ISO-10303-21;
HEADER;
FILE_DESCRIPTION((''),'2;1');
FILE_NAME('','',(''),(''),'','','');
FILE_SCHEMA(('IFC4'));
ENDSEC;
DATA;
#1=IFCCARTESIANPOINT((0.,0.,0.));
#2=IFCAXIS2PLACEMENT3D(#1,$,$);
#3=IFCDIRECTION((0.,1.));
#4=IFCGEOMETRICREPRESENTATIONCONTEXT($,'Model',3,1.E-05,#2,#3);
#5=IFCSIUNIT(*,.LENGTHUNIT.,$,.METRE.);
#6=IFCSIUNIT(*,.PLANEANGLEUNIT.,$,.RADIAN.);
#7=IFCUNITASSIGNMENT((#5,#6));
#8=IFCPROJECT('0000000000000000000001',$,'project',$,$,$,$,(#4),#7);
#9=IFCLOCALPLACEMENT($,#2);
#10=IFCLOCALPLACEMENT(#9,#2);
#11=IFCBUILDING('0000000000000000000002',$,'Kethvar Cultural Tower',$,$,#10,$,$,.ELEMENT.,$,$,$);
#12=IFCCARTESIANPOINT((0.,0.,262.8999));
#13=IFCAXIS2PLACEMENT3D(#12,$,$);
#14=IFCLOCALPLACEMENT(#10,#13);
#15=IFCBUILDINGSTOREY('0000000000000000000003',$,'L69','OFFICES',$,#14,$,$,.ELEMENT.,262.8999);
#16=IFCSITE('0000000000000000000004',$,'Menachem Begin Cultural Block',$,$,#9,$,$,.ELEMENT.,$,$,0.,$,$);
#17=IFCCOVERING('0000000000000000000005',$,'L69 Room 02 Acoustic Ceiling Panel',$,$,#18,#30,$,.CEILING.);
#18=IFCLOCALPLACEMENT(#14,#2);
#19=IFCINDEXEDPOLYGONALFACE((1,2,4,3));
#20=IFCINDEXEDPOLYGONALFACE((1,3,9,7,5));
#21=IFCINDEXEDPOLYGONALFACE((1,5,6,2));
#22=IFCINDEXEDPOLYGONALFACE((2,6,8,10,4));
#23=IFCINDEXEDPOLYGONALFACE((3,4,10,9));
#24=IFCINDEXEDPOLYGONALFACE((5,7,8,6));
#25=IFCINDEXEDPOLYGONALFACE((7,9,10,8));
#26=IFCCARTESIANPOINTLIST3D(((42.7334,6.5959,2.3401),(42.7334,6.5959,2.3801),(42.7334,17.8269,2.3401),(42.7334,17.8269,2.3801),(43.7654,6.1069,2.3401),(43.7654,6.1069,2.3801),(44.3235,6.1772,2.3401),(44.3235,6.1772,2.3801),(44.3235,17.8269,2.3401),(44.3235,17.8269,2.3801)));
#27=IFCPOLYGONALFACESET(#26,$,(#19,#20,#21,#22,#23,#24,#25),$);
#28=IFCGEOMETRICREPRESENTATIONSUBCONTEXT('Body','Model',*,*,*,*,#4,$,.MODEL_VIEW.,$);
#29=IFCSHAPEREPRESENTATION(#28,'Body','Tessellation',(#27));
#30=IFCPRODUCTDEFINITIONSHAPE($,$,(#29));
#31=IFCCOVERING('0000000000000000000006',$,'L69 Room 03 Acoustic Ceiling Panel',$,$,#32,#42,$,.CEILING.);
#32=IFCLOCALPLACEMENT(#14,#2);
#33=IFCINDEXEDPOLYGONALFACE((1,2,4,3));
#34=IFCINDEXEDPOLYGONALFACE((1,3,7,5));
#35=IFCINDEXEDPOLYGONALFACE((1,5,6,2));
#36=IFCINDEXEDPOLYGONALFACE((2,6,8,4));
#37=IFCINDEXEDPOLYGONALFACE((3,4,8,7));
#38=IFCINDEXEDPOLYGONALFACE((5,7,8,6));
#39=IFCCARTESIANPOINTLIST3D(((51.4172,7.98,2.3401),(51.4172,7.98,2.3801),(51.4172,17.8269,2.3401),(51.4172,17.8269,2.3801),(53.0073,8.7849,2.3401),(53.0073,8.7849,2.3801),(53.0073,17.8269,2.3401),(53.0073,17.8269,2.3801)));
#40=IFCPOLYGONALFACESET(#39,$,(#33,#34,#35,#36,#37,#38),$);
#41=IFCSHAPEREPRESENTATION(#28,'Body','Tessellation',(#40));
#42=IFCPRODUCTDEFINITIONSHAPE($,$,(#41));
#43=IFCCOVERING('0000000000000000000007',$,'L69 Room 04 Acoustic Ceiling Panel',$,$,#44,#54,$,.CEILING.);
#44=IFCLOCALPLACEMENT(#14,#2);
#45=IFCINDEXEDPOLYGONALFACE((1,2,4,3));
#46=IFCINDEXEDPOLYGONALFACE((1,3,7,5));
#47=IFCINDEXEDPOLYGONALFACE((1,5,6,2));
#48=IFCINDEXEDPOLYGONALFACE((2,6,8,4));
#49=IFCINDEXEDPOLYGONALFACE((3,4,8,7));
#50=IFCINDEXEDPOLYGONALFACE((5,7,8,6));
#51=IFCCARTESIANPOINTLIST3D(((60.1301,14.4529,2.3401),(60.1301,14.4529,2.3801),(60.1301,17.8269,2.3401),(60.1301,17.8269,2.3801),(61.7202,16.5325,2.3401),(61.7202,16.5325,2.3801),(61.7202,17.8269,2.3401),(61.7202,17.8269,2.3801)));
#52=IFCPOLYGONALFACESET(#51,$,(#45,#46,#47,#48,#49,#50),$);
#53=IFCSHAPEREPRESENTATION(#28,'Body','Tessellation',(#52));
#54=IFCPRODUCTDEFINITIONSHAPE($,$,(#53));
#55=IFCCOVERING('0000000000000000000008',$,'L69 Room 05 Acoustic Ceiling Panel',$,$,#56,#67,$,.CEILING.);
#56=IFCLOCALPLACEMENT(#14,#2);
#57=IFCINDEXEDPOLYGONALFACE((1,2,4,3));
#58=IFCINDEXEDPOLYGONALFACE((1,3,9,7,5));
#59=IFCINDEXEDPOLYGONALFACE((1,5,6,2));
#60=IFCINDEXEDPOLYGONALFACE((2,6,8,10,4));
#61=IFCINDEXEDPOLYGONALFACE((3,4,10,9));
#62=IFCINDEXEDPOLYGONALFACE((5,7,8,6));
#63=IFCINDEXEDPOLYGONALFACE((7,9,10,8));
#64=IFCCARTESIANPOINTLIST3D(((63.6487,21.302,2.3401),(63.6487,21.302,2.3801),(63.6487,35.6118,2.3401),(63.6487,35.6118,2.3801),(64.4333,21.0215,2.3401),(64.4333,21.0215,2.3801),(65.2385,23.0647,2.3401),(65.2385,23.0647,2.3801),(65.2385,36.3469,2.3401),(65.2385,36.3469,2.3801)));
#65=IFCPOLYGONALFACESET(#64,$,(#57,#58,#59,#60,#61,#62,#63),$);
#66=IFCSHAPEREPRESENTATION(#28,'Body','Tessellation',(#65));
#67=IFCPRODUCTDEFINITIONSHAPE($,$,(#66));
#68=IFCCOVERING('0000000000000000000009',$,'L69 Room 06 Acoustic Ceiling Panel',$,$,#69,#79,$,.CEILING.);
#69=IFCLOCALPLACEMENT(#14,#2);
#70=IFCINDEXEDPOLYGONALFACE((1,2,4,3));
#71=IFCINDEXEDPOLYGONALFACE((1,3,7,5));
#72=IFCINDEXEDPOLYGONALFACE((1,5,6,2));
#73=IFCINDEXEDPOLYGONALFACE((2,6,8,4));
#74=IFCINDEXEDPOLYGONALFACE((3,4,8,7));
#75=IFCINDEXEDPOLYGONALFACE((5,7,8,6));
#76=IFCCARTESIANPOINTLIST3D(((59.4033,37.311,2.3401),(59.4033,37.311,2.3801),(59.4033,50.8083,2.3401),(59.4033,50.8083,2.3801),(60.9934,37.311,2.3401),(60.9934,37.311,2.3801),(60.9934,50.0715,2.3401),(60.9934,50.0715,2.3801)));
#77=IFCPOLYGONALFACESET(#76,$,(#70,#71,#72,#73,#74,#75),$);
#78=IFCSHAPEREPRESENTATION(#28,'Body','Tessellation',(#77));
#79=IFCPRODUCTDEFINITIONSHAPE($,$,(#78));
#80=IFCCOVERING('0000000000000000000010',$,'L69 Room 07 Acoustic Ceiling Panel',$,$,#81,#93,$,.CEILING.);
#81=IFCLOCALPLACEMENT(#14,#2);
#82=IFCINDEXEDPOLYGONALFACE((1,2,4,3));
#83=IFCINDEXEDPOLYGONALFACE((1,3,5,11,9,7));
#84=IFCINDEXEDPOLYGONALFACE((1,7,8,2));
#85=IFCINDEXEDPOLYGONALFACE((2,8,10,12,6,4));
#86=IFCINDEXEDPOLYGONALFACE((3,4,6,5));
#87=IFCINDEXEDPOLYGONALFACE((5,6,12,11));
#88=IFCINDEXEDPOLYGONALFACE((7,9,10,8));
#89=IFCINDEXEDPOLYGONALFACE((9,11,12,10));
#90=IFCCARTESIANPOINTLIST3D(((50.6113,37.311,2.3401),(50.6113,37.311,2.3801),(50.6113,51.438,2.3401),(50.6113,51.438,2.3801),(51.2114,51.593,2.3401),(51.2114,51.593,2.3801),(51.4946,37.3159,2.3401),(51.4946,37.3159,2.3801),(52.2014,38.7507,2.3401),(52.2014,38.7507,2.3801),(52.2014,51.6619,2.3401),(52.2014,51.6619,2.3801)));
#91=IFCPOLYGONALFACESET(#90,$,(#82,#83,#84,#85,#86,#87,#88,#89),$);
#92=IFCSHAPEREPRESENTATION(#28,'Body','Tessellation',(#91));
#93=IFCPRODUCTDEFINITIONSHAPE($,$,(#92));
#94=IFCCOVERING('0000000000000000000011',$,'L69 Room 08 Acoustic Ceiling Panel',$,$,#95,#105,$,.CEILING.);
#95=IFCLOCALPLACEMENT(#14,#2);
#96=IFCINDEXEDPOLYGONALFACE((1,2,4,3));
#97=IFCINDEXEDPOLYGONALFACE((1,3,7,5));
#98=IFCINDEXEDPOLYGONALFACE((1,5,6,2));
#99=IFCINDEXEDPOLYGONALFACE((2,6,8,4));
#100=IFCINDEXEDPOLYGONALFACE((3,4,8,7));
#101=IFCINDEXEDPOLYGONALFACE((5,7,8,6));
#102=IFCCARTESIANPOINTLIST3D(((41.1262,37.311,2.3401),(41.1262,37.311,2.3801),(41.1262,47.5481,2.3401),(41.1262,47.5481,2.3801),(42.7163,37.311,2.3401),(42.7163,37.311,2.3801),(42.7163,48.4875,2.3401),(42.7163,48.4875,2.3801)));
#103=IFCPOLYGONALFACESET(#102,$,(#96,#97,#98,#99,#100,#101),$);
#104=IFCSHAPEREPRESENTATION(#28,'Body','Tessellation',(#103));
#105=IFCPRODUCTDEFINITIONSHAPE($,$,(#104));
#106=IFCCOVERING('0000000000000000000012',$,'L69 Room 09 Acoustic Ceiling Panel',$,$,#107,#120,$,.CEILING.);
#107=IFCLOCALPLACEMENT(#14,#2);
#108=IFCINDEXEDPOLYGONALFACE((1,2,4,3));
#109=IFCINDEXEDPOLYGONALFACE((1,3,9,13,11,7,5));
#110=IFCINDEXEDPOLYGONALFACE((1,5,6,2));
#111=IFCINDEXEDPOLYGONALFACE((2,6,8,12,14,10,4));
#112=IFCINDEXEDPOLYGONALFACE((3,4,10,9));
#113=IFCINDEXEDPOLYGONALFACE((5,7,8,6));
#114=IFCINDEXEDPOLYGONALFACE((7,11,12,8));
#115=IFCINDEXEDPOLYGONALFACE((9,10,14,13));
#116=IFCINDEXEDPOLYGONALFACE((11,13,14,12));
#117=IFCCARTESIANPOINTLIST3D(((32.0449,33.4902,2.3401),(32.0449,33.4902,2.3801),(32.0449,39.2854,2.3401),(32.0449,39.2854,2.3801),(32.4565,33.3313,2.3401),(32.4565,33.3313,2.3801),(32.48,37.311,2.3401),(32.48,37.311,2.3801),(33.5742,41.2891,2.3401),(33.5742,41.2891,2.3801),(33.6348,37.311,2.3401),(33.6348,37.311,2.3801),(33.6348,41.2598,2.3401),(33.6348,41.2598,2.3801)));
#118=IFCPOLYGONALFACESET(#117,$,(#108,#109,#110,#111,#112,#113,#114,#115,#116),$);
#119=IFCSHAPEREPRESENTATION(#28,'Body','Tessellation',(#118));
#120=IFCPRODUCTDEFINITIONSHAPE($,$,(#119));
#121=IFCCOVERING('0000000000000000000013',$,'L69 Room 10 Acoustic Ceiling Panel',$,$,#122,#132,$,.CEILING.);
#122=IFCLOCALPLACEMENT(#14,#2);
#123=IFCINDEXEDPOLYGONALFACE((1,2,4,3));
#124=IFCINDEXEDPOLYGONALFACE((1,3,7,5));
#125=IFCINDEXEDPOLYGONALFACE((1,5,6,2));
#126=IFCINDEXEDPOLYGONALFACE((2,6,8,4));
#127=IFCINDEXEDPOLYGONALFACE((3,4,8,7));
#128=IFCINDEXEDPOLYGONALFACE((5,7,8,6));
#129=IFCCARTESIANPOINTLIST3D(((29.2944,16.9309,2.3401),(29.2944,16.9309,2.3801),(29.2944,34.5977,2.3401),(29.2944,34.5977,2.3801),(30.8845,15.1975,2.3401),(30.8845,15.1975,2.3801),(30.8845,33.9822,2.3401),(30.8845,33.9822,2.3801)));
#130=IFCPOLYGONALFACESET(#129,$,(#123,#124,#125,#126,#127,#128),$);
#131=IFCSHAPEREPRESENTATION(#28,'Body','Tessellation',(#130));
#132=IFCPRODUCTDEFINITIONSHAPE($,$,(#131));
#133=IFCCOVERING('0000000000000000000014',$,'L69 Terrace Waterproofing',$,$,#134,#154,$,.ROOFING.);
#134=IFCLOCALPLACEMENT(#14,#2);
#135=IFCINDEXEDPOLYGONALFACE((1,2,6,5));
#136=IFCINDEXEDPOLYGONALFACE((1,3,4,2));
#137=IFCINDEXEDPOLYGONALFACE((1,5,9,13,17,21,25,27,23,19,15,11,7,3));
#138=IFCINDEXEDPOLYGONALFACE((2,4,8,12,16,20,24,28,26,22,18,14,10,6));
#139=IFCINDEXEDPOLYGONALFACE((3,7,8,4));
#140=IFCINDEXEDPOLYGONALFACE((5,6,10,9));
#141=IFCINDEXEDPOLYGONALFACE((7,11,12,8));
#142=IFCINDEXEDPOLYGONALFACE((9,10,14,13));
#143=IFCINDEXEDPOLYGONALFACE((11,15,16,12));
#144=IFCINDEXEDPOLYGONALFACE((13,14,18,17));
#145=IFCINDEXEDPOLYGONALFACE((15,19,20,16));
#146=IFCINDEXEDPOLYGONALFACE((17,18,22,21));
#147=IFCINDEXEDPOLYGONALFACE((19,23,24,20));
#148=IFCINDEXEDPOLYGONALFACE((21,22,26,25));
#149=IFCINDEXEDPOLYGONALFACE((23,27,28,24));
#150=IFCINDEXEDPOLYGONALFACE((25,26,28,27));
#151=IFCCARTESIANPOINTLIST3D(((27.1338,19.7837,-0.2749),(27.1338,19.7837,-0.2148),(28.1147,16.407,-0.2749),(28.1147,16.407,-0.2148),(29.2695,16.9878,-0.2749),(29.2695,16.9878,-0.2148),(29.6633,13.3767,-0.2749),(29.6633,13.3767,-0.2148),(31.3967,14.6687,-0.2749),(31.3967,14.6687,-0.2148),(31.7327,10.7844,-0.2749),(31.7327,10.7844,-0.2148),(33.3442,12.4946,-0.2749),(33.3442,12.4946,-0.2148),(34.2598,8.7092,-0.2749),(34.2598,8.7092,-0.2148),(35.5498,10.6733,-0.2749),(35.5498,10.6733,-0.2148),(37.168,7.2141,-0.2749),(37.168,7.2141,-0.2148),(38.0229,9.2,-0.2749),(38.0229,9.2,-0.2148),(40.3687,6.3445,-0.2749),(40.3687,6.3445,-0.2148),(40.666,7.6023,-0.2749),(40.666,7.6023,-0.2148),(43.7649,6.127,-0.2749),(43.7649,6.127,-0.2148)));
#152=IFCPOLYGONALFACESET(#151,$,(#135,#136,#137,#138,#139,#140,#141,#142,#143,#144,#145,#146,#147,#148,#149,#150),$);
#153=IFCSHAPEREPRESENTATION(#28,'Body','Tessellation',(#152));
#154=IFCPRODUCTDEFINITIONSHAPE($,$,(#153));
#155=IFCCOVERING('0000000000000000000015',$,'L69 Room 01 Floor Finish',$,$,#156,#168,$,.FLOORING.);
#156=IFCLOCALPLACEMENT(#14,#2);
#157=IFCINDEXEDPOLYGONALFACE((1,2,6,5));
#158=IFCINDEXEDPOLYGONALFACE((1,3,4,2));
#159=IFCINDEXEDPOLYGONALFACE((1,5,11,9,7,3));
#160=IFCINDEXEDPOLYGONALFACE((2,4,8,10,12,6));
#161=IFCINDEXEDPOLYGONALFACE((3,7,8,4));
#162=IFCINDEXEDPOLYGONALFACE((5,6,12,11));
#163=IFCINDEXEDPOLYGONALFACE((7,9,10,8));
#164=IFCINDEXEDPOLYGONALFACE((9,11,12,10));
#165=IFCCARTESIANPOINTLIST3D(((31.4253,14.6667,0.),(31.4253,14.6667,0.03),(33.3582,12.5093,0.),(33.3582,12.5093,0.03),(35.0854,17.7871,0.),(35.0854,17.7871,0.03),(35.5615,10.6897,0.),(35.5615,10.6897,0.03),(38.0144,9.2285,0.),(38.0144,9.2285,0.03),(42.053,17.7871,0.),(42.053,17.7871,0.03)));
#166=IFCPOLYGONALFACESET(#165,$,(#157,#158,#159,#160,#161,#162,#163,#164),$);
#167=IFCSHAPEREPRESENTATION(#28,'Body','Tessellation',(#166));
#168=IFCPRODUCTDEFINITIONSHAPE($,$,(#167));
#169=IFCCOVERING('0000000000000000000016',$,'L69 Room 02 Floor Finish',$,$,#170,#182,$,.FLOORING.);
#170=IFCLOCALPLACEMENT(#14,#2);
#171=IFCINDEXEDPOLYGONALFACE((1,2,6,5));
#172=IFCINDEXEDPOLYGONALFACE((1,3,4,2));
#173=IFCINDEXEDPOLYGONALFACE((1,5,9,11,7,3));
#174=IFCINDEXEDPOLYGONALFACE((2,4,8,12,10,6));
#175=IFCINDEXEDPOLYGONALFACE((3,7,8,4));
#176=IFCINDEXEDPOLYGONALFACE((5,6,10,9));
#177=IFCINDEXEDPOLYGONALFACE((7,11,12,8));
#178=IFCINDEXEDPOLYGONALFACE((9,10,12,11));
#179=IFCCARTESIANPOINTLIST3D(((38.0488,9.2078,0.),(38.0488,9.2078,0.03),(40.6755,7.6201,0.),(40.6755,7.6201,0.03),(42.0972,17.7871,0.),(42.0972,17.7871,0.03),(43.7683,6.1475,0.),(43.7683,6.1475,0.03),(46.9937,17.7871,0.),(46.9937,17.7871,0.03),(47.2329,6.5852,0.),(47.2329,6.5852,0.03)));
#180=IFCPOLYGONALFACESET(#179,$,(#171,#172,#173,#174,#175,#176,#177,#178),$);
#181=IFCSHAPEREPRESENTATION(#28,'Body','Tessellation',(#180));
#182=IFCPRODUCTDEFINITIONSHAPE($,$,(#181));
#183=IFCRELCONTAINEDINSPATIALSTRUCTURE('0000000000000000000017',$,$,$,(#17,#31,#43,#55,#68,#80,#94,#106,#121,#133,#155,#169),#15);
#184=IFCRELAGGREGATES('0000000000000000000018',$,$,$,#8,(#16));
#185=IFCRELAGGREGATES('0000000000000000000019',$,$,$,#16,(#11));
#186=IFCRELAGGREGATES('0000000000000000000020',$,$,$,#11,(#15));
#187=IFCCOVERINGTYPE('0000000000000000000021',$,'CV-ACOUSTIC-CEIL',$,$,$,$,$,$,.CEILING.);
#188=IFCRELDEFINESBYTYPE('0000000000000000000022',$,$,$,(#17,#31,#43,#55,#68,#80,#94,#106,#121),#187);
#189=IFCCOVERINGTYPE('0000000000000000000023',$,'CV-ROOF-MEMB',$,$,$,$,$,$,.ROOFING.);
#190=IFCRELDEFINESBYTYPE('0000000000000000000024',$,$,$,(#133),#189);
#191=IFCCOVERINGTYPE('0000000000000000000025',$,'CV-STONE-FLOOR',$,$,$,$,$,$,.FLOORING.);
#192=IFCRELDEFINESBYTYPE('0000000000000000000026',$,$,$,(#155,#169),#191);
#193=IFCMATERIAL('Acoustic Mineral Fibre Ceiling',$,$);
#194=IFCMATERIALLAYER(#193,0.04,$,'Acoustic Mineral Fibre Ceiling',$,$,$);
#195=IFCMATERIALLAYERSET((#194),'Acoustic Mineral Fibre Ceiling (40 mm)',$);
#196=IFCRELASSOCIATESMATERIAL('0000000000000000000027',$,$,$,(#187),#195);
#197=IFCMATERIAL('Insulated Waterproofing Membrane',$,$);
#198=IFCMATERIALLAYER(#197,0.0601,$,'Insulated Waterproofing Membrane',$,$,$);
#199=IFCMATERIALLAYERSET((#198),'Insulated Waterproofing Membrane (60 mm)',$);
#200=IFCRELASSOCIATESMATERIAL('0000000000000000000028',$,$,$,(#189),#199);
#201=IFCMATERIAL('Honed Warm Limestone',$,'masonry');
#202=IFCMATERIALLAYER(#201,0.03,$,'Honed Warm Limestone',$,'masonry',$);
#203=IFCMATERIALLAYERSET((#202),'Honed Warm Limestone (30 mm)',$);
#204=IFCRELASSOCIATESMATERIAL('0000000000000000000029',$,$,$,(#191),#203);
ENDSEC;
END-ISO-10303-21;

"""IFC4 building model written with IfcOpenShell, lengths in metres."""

from ifc_helpers import new_model, si_unit, direction, frame, origin, place, context, subcontext, project, spatial, polyline, outline, extrude, material, layer, layer_set, type_object, element, save


model = new_model("IFC4")

# Units and contexts
model_context = context("Model", 3, precision=1e-05, world=origin(), true_north=direction((0.0, 1.0)))
body_context = subcontext(model_context, "Body", "Model", "MODEL_VIEW")
ifc_project = project(units=[si_unit("LENGTHUNIT", "METRE"), si_unit("PLANEANGLEUNIT", "RADIAN")], contexts=[model_context])

# Site, building, storey
site_placement = place(None, origin())
site = spatial("IfcSite", under=ifc_project, at=site_placement, Name="Menachem Begin Cultural Block", CompositionType="ELEMENT", RefElevation=0.0)
building_placement = place(site_placement, origin())
building = spatial("IfcBuilding", under=site, at=building_placement, Name="Kethvar Cultural Tower", CompositionType="ELEMENT")
storey_placement = place(building_placement, frame((0.0, 0.0, 262.8999)))
storey = spatial("IfcBuildingStorey", under=building, at=storey_placement, Name="L69", Description="OFFICES", CompositionType="ELEMENT", Elevation=262.8999)

# Coverings
ifc_material_1 = material(Name="Acoustic Mineral Fibre Ceiling")
ifc_layer_1 = layer(ifc_material_1, 0.04, Name="Acoustic Mineral Fibre Ceiling")
ifc_layer_set_1 = layer_set([ifc_layer_1], Name="Acoustic Mineral Fibre Ceiling (40 mm)")
covering_type_1 = type_object("IfcCoveringType", Name="CV-ACOUSTIC-CEIL", PredefinedType="CEILING", material=ifc_layer_set_1)
covering_1_placement = place(storey_placement, frame((0.0, 0.0, 2.3401)))
element("IfcCovering", 1, at=covering_1_placement, inside=storey, type_object=covering_type_1, Name="L69 Room 02 Acoustic Ceiling Panel", PredefinedType="CEILING", context=body_context, shape_type="SweptSolid", body=[
    extrude(outline(polyline([(43.7654, 6.1069), (42.7334, 6.5959), (42.7334, 17.8269), (44.3235, 17.8269), (44.3235, 6.1772), (43.7654, 6.1069)])), origin(), (0.0, 0.0, 1.0), 0.04),
])
covering_2_placement = place(storey_placement, frame((0.0, 0.0, 2.3401)))
element("IfcCovering", 2, at=covering_2_placement, inside=storey, type_object=covering_type_1, Name="L69 Room 03 Acoustic Ceiling Panel", PredefinedType="CEILING", context=body_context, shape_type="SweptSolid", body=[
    extrude(outline(polyline([(51.4172, 7.98), (51.4172, 17.8269), (53.0073, 17.8269), (53.0073, 8.7849), (51.4172, 7.98)])), origin(), (0.0, 0.0, 1.0), 0.04),
])
covering_3_placement = place(storey_placement, frame((0.0, 0.0, 2.3401)))
element("IfcCovering", 3, at=covering_3_placement, inside=storey, type_object=covering_type_1, Name="L69 Room 04 Acoustic Ceiling Panel", PredefinedType="CEILING", context=body_context, shape_type="SweptSolid", body=[
    extrude(outline(polyline([(60.1301, 14.4529), (60.1301, 17.8269), (61.7202, 17.8269), (61.7202, 16.5325), (60.1301, 14.4529)])), origin(), (0.0, 0.0, 1.0), 0.04),
])
covering_4_placement = place(storey_placement, frame((0.0, 0.0, 2.3401)))
element("IfcCovering", 4, at=covering_4_placement, inside=storey, type_object=covering_type_1, Name="L69 Room 05 Acoustic Ceiling Panel", PredefinedType="CEILING", context=body_context, shape_type="SweptSolid", body=[
    extrude(outline(polyline([(64.4333, 21.0215), (63.6487, 21.302), (63.6487, 35.6118), (65.2385, 36.3469), (65.2385, 23.0647), (64.4333, 21.0215)])), origin(), (0.0, 0.0, 1.0), 0.04),
])
covering_5_placement = place(storey_placement, frame((0.0, 0.0, 2.3401)))
element("IfcCovering", 5, at=covering_5_placement, inside=storey, type_object=covering_type_1, Name="L69 Room 06 Acoustic Ceiling Panel", PredefinedType="CEILING", context=body_context, shape_type="SweptSolid", body=[
    extrude(outline(polyline([(59.4033, 37.311), (59.4033, 50.8083), (60.9934, 50.0715), (60.9934, 37.311), (59.4033, 37.311)])), origin(), (0.0, 0.0, 1.0), 0.04),
])
covering_6_placement = place(storey_placement, frame((0.0, 0.0, 2.3401)))
element("IfcCovering", 6, at=covering_6_placement, inside=storey, type_object=covering_type_1, Name="L69 Room 07 Acoustic Ceiling Panel", PredefinedType="CEILING", context=body_context, shape_type="SweptSolid", body=[
    extrude(outline(polyline([(51.2114, 51.593), (52.2014, 51.6619), (52.2014, 38.7507), (51.4946, 37.3159), (50.6113, 37.311), (50.6113, 51.438), (51.2114, 51.593)])), origin(), (0.0, 0.0, 1.0), 0.04),
])
covering_7_placement = place(storey_placement, frame((0.0, 0.0, 2.3401)))
element("IfcCovering", 7, at=covering_7_placement, inside=storey, type_object=covering_type_1, Name="L69 Room 08 Acoustic Ceiling Panel", PredefinedType="CEILING", context=body_context, shape_type="SweptSolid", body=[
    extrude(outline(polyline([(42.7163, 48.4875), (42.7163, 37.311), (41.1262, 37.311), (41.1262, 47.5481), (42.7163, 48.4875)])), origin(), (0.0, 0.0, 1.0), 0.04),
])
covering_8_placement = place(storey_placement, frame((0.0, 0.0, 2.3401)))
element("IfcCovering", 8, at=covering_8_placement, inside=storey, type_object=covering_type_1, Name="L69 Room 09 Acoustic Ceiling Panel", PredefinedType="CEILING", context=body_context, shape_type="SweptSolid", body=[
    extrude(outline(polyline([(33.5742, 41.2891), (33.6348, 41.2598), (33.6348, 37.311), (32.48, 37.311), (32.4565, 33.3313), (32.0449, 33.4902), (32.0449, 39.2854), (33.5742, 41.2891)])), origin(), (0.0, 0.0, 1.0), 0.04),
])
covering_9_placement = place(storey_placement, frame((0.0, 0.0, 2.3401)))
element("IfcCovering", 9, at=covering_9_placement, inside=storey, type_object=covering_type_1, Name="L69 Room 10 Acoustic Ceiling Panel", PredefinedType="CEILING", context=body_context, shape_type="SweptSolid", body=[
    extrude(outline(polyline([(30.8845, 33.9822), (30.8845, 15.1975), (29.2944, 16.9309), (29.2944, 34.5977), (30.8845, 33.9822)])), origin(), (0.0, 0.0, 1.0), 0.04),
])
ifc_material_2 = material(Name="Insulated Waterproofing Membrane")
ifc_layer_2 = layer(ifc_material_2, 0.0601, Name="Insulated Waterproofing Membrane")
ifc_layer_set_2 = layer_set([ifc_layer_2], Name="Insulated Waterproofing Membrane (60 mm)")
covering_type_2 = type_object("IfcCoveringType", Name="CV-ROOF-MEMB", PredefinedType="ROOFING", material=ifc_layer_set_2)
covering_10_placement = place(storey_placement, frame((0.0, 0.0, -0.2749)))
element("IfcCovering", 10, at=covering_10_placement, inside=storey, type_object=covering_type_2, Name="L69 Terrace Waterproofing", PredefinedType="ROOFING", context=body_context, shape_type="SweptSolid", body=[
    extrude(outline(polyline([(27.1338, 19.7837), (28.1147, 16.407), (29.6633, 13.3767), (31.7327, 10.7844), (34.2598, 8.7092), (37.168, 7.2141), (40.3687, 6.3445), (43.7649, 6.127), (40.666, 7.6023), (38.0229, 9.2), (35.5498, 10.6733), (33.3442, 12.4946), (31.3967, 14.6687), (29.2695, 16.9878), (27.1338, 19.7837)])), origin(), (0.0, 0.0, 1.0), 0.0601),
])
ifc_material_3 = material(Name="Honed Warm Limestone", Category="masonry")
ifc_layer_3 = layer(ifc_material_3, 0.03, Name="Honed Warm Limestone", Category="masonry")
ifc_layer_set_3 = layer_set([ifc_layer_3], Name="Honed Warm Limestone (30 mm)")
covering_type_3 = type_object("IfcCoveringType", Name="CV-STONE-FLOOR", PredefinedType="FLOORING", material=ifc_layer_set_3)
covering_11_placement = place(storey_placement, origin())
element("IfcCovering", 11, at=covering_11_placement, inside=storey, type_object=covering_type_3, Name="L69 Room 01 Floor Finish", PredefinedType="FLOORING", context=body_context, shape_type="SweptSolid", body=[
    extrude(outline(polyline([(35.5615, 10.6897), (33.3582, 12.5093), (31.4253, 14.6667), (35.0854, 17.7871), (42.053, 17.7871), (38.0144, 9.2285), (35.5615, 10.6897)])), origin(), (0.0, 0.0, 1.0), 0.03),
])
covering_12_placement = place(storey_placement, origin())
element("IfcCovering", 12, at=covering_12_placement, inside=storey, type_object=covering_type_3, Name="L69 Room 02 Floor Finish", PredefinedType="FLOORING", context=body_context, shape_type="SweptSolid", body=[
    extrude(outline(polyline([(43.7683, 6.1475), (40.6755, 7.6201), (38.0488, 9.2078), (42.0972, 17.7871), (46.9937, 17.7871), (47.2329, 6.5852), (43.7683, 6.1475)])), origin(), (0.0, 0.0, 1.0), 0.03),
])

save(model, "model.ifc")
